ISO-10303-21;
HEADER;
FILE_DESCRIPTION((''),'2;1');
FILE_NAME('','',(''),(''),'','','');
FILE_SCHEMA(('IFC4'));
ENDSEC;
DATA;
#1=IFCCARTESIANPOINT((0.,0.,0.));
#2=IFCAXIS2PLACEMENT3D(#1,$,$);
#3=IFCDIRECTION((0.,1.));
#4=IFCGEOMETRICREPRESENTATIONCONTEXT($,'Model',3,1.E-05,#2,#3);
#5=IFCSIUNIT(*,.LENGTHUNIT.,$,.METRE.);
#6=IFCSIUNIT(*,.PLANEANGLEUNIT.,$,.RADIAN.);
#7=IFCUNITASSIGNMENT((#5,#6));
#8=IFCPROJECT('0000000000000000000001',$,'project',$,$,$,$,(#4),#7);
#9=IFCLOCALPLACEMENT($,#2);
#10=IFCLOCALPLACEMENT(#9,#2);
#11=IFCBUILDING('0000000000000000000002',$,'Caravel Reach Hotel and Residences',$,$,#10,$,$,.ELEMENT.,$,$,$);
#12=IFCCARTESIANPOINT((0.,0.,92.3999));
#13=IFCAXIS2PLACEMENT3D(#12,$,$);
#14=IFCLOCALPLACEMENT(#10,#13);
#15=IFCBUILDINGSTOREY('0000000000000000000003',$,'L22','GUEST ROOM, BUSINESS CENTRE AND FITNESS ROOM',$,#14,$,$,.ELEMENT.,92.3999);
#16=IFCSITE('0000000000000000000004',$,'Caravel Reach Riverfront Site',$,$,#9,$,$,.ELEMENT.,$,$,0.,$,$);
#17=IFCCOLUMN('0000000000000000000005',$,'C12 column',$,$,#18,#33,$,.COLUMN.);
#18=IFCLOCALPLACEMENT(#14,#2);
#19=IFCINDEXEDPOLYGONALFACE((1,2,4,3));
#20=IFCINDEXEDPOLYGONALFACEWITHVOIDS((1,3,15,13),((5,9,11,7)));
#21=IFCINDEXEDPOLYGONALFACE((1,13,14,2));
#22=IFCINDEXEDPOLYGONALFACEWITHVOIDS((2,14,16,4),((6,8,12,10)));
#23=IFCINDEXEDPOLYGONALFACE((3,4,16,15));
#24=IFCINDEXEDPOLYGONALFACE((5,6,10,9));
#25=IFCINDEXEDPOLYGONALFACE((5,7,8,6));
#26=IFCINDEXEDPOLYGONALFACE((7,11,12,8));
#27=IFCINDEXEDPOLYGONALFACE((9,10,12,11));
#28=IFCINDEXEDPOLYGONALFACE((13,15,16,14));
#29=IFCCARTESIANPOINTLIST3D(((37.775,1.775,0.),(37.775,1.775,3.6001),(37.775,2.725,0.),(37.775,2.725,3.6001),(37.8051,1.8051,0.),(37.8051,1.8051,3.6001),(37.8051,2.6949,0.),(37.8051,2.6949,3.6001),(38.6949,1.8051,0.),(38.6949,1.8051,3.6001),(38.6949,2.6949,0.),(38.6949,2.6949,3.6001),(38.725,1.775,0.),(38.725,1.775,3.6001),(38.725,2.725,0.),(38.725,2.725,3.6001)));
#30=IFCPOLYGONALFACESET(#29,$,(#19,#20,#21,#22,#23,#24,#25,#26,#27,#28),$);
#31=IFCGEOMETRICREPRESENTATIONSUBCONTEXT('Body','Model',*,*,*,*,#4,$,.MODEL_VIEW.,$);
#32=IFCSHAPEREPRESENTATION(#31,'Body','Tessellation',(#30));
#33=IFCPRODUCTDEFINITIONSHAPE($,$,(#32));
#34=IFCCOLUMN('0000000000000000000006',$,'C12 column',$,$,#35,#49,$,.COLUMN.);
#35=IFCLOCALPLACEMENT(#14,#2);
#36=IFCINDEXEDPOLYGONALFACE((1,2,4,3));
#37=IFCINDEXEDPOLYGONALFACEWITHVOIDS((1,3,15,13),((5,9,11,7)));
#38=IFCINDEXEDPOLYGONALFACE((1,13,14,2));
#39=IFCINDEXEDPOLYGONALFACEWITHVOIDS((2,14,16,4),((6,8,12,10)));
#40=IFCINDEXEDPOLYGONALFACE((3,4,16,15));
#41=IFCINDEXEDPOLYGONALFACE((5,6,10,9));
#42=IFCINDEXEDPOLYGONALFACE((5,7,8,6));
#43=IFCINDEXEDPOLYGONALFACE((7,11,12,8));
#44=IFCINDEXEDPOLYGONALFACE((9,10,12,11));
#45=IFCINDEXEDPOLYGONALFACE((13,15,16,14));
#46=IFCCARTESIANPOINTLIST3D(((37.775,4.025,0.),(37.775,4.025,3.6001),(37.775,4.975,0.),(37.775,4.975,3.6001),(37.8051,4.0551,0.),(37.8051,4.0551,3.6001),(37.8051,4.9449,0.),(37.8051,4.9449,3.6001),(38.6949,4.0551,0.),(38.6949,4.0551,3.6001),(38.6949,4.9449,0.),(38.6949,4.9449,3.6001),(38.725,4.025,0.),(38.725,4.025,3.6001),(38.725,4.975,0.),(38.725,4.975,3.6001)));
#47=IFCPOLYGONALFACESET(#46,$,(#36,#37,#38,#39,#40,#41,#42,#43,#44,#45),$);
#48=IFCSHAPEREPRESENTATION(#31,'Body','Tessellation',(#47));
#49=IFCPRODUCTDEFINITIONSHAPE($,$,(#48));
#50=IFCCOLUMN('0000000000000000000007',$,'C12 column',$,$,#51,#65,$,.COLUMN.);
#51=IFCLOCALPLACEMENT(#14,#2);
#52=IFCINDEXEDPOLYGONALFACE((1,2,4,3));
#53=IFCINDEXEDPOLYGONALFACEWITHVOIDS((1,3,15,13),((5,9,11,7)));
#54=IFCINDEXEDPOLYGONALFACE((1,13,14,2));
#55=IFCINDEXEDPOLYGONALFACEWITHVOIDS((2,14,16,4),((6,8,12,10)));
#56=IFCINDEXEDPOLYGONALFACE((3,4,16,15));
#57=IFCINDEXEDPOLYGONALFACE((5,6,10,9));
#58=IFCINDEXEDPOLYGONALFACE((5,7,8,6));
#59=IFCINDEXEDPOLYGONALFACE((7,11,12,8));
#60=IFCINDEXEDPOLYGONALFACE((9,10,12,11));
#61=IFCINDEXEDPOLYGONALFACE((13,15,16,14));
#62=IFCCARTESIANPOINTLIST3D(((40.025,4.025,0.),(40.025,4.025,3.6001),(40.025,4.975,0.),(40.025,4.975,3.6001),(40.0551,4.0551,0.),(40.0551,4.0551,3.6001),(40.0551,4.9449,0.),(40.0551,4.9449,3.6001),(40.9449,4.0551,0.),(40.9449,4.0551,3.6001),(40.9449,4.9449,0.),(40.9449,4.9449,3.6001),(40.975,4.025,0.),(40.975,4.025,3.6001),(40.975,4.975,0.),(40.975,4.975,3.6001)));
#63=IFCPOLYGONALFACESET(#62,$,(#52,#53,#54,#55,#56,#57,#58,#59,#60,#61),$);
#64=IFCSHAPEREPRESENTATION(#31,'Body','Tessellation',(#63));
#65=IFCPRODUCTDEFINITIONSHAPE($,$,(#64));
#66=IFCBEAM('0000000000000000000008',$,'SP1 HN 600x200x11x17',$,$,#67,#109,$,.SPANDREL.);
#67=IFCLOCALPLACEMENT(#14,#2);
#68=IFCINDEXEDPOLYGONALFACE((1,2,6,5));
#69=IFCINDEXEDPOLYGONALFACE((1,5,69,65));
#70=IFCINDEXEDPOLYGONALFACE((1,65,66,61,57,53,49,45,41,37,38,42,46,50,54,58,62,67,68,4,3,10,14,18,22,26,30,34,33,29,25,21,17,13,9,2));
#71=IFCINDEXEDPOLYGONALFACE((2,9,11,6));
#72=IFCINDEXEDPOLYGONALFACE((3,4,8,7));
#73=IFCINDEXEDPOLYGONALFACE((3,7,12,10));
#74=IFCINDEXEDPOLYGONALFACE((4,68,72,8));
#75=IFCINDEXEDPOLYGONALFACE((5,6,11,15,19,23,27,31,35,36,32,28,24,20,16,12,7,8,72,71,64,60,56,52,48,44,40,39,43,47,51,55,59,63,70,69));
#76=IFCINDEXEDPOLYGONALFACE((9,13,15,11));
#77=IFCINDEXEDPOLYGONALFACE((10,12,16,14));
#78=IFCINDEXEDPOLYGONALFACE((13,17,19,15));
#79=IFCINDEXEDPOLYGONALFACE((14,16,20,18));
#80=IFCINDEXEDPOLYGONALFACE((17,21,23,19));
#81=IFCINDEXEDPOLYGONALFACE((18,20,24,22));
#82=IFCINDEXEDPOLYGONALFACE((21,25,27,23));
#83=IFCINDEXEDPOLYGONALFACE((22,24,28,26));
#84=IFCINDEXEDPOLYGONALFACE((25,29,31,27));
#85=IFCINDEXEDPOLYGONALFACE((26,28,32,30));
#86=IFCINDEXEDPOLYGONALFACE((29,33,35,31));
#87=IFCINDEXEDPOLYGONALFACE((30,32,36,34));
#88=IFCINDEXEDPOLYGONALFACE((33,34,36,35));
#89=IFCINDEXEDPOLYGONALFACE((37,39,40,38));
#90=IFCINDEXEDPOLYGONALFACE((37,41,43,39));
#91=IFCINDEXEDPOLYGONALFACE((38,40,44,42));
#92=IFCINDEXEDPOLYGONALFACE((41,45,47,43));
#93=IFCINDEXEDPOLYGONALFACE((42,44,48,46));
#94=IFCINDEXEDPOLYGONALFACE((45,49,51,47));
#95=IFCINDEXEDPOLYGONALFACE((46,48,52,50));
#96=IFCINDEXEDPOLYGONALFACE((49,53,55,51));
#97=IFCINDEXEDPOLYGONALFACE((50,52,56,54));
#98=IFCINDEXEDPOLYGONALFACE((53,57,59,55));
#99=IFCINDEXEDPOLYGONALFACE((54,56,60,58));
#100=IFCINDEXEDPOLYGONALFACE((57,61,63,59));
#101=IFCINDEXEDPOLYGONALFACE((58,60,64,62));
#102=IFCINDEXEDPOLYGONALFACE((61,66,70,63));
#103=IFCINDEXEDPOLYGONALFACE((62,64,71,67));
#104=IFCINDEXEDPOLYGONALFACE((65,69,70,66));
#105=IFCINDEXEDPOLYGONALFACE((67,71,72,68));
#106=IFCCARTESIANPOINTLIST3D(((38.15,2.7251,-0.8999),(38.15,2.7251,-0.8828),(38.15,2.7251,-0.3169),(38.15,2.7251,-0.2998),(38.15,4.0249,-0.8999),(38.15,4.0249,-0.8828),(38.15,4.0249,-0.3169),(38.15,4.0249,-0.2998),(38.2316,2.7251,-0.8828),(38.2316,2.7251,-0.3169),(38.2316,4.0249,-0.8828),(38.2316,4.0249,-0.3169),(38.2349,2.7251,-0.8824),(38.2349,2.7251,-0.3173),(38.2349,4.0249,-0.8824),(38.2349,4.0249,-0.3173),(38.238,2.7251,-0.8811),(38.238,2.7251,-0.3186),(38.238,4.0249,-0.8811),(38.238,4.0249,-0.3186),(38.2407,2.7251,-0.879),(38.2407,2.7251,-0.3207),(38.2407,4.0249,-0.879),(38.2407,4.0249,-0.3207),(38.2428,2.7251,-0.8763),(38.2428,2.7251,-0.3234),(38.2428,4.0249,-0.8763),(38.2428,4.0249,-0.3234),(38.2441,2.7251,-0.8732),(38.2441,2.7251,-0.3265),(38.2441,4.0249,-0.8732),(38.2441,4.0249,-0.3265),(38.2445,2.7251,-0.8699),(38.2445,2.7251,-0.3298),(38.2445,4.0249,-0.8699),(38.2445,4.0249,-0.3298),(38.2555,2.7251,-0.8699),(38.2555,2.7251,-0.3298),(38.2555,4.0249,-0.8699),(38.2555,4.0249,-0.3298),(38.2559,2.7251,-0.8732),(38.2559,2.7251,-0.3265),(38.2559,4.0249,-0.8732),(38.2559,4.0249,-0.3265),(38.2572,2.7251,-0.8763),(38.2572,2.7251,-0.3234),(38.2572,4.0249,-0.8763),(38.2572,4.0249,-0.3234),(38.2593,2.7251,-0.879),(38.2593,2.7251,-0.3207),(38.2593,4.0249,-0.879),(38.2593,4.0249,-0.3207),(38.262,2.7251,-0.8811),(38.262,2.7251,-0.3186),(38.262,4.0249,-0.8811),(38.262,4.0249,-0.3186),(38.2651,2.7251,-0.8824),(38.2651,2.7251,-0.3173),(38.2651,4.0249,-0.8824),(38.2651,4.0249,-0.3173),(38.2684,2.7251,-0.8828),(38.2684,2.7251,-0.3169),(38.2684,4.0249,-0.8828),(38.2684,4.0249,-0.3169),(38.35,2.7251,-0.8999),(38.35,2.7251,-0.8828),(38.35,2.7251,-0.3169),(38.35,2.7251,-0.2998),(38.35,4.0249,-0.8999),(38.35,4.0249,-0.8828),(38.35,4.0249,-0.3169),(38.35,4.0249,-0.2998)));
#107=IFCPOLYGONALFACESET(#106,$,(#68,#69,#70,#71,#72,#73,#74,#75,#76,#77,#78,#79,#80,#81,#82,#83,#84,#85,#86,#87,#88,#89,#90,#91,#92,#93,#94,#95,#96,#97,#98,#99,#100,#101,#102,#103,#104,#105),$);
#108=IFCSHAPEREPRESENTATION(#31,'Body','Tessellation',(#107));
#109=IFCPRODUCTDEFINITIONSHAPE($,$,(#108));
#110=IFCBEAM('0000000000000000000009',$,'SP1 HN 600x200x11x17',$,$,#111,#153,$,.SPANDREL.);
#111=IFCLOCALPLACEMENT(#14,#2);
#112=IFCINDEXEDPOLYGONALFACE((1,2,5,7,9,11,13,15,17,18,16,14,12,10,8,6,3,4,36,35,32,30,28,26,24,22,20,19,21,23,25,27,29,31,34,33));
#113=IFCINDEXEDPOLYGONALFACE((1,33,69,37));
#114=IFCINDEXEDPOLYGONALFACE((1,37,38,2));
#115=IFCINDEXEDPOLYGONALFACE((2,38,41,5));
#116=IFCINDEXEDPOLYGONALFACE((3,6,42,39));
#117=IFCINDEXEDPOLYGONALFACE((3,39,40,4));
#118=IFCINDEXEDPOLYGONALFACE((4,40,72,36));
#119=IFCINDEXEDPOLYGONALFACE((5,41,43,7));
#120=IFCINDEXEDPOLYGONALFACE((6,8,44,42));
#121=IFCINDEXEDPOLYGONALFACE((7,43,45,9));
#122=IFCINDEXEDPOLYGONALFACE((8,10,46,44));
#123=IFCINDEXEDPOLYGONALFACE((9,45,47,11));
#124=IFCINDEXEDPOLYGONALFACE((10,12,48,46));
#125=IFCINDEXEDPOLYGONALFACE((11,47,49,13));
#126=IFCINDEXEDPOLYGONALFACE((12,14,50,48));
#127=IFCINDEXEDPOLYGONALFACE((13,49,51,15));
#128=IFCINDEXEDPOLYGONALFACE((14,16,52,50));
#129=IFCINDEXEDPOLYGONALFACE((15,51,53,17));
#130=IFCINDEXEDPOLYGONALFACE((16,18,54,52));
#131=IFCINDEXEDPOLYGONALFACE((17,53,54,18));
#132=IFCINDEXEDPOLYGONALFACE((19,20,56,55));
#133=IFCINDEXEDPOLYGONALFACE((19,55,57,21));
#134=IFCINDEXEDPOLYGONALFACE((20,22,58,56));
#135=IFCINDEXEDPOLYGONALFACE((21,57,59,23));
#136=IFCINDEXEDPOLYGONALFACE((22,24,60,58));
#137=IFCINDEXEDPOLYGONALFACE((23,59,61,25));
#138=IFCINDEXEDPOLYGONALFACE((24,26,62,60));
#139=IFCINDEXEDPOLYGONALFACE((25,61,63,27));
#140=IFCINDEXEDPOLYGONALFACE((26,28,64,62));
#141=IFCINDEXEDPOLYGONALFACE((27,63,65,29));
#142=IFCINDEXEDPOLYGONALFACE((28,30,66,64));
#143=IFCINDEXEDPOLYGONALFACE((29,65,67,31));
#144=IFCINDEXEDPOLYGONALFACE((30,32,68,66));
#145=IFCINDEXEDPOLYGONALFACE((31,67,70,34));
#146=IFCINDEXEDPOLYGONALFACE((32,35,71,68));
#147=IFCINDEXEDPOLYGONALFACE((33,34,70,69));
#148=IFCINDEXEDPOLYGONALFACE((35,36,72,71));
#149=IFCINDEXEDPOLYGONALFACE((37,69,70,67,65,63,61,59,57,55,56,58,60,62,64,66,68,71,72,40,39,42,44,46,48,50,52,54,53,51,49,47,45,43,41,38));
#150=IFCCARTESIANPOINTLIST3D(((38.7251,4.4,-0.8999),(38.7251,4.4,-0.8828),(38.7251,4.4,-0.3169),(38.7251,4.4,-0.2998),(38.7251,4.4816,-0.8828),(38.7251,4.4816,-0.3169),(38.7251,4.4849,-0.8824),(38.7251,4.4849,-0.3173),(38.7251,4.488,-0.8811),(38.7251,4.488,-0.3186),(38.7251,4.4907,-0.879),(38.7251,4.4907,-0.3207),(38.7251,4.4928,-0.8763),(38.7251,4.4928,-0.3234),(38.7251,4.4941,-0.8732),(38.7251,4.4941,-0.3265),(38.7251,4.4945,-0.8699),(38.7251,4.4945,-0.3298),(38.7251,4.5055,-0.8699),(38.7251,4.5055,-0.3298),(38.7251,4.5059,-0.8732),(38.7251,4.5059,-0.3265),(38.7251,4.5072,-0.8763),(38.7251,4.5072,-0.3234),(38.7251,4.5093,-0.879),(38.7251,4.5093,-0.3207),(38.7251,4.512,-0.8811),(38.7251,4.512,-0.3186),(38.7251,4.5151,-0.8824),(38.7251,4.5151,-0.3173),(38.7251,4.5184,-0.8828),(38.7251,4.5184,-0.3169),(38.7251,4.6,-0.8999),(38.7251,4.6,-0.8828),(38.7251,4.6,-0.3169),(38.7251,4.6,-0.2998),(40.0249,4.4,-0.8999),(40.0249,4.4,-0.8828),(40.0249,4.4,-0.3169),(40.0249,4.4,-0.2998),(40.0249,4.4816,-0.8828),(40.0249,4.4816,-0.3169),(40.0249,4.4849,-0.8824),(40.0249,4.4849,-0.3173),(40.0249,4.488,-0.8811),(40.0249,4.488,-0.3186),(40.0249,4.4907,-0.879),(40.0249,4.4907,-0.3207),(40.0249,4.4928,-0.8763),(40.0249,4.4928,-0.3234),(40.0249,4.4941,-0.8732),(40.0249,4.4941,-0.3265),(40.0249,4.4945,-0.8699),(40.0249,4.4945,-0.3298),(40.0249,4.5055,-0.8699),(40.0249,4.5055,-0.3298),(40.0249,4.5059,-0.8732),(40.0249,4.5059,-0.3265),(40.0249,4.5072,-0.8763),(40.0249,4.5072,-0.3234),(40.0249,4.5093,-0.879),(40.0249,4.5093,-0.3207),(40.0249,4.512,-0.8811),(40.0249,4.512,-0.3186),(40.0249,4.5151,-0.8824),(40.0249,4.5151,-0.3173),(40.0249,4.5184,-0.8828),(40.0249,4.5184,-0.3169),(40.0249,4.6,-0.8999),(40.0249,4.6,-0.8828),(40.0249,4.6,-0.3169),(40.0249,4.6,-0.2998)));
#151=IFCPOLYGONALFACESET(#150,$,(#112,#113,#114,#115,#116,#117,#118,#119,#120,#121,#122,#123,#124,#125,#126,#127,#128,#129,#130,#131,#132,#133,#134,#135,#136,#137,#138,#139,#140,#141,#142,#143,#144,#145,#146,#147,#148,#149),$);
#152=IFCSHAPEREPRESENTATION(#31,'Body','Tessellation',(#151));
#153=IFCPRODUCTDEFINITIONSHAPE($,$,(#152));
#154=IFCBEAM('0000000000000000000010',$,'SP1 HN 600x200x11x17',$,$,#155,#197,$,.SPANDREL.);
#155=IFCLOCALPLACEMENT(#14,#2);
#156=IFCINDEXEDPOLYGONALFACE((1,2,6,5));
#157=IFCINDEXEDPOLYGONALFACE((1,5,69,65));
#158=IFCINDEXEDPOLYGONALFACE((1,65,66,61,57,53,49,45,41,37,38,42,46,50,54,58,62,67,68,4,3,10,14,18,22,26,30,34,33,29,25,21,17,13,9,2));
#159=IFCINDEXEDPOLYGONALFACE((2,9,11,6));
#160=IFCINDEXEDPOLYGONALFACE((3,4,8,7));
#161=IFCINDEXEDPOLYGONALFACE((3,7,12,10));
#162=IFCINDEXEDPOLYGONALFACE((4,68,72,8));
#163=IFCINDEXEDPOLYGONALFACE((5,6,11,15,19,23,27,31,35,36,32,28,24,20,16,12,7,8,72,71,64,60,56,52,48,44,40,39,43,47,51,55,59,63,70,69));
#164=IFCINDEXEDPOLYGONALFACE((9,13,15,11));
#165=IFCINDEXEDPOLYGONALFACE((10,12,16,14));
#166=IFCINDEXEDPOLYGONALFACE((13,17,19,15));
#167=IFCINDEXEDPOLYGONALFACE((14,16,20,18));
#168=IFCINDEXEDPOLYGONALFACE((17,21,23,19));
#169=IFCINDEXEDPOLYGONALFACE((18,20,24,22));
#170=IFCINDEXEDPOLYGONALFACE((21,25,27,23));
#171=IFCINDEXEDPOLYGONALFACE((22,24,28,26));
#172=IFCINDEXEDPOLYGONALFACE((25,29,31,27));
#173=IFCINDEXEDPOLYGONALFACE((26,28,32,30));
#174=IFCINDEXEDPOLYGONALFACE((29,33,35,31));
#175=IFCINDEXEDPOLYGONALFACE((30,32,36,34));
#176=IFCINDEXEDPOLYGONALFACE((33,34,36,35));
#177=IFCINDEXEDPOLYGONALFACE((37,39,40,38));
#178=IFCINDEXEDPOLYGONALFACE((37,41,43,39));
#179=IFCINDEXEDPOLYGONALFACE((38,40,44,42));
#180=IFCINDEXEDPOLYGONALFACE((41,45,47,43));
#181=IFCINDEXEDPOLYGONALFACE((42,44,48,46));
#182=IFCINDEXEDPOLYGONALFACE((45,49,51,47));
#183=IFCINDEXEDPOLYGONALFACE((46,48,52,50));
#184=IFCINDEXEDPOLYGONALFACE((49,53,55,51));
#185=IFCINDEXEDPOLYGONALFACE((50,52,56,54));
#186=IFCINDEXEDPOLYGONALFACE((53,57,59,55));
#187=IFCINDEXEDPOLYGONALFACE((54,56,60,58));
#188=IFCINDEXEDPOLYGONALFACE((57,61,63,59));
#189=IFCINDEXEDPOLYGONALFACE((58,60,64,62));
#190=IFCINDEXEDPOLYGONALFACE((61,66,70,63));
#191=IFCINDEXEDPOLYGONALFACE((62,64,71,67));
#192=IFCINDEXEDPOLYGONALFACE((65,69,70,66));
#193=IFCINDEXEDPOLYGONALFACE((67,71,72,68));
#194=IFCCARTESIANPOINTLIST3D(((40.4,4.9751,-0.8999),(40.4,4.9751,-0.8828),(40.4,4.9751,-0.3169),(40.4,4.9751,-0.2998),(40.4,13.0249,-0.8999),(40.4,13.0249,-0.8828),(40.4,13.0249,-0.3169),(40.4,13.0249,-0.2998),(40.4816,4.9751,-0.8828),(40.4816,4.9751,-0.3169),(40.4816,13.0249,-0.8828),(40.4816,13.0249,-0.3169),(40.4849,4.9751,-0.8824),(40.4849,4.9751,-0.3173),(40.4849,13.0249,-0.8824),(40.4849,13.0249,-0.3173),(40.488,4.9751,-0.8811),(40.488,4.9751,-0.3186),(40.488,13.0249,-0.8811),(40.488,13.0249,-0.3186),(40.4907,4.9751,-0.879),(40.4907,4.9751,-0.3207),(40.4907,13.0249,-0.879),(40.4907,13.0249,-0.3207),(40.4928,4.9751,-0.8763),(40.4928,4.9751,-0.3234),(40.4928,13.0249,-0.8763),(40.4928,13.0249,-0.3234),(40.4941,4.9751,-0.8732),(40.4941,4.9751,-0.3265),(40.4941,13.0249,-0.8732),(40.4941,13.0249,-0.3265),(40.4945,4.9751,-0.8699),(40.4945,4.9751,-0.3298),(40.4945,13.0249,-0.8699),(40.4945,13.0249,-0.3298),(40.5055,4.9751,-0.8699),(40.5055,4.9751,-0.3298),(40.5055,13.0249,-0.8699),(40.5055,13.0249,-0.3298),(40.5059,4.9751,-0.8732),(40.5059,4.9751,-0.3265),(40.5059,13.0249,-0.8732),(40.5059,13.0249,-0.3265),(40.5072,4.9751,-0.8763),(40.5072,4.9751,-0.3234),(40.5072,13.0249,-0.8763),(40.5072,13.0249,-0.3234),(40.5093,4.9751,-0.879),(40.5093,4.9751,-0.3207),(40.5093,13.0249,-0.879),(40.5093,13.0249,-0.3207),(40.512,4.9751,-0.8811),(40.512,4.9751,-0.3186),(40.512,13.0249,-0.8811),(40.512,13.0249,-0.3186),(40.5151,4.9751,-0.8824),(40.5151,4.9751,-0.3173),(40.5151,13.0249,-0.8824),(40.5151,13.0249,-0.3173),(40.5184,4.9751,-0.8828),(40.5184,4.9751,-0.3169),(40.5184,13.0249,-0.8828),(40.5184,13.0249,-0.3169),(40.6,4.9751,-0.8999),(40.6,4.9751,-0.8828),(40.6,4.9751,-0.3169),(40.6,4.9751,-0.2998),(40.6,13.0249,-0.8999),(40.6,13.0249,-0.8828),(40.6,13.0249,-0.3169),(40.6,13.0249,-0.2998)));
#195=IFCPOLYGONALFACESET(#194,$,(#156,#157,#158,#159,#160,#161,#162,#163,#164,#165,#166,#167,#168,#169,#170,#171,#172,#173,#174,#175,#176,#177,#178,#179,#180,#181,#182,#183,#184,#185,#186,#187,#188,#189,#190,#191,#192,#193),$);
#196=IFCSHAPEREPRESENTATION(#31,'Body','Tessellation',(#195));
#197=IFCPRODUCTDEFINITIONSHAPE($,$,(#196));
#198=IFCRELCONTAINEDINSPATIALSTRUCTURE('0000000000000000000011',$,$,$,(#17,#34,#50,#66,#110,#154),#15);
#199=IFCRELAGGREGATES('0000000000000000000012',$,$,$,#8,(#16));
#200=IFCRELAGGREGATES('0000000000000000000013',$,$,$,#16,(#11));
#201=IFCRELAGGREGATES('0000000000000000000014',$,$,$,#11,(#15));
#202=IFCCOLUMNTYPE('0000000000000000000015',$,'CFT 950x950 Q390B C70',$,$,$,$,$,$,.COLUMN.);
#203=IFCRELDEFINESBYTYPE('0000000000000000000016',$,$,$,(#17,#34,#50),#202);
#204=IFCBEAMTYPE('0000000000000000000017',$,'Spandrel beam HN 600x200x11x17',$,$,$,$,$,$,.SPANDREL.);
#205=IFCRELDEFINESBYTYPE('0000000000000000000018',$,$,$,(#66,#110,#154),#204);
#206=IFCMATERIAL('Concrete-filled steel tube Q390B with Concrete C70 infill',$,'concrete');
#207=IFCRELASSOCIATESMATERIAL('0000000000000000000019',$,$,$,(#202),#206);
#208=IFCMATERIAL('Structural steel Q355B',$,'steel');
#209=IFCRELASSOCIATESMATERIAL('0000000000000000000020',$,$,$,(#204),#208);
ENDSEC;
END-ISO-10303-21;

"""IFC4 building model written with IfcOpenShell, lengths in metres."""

from ifc_helpers import new_model, si_unit, direction, frame, origin, origin_2d, place, context, subcontext, project, spatial, hollow_rectangle, i_section, extrude, material, material_profile, profile_set, type_object, element, save


model = new_model("IFC4")

# Units and contexts
model_context = context("Model", 3, precision=1e-05, world=origin(), true_north=direction((0.0, 1.0)))
body_context = subcontext(model_context, "Body", "Model", "MODEL_VIEW")
ifc_project = project(units=[si_unit("LENGTHUNIT", "METRE"), si_unit("PLANEANGLEUNIT", "RADIAN")], contexts=[model_context])

# Site, building, storey
site_placement = place(None, origin())
site = spatial("IfcSite", under=ifc_project, at=site_placement, Name="Caravel Reach Riverfront Site", CompositionType="ELEMENT", RefElevation=0.0)
building_placement = place(site_placement, origin())
building = spatial("IfcBuilding", under=site, at=building_placement, Name="Caravel Reach Hotel and Residences", CompositionType="ELEMENT")
storey_placement = place(building_placement, frame((0.0, 0.0, 92.3999)))
storey = spatial("IfcBuildingStorey", under=building, at=storey_placement, Name="L22", Description="GUEST ROOM, BUSINESS CENTRE AND FITNESS ROOM", CompositionType="ELEMENT", Elevation=92.3999)

# Columns
ifc_material_1 = material(Name="Concrete-filled steel tube Q390B with Concrete C70 infill", Category="concrete")
ifc_material_profile_1 = material_profile(ifc_material_1, hollow_rectangle(XDim=0.95, YDim=0.95, WallThickness=0.03, at=origin_2d()), Name="RHS 950x950x30")
ifc_profile_set_1 = profile_set([ifc_material_profile_1], Name="Concrete-filled steel tube Q390B with Concrete C70 infill")
column_type = type_object("IfcColumnType", Name="CFT 950x950 Q390B C70", PredefinedType="COLUMN", material=ifc_profile_set_1)
for number, where, z_axis, x_axis, name in (
    (1, (38.25, 2.25, 0.0), (0.0, 0.0, 1.0), (1.0, 0.0, 0.0), "C12 column"),
    (2, (38.25, 4.5, 0.0), (0.0, 0.0, 1.0), (1.0, 0.0, 0.0), "C12 column"),
    (3, (40.5, 4.5, 0.0), (0.0, 0.0, 1.0), (1.0, 0.0, 0.0), "C12 column"),
):
    element("IfcColumn", number, at=place(storey_placement, frame(where, z_axis=z_axis, x_axis=x_axis)), inside=storey, type_object=column_type, Name=name, PredefinedType="COLUMN", context=body_context, shape_type="SweptSolid", body=[
        extrude(hollow_rectangle(XDim=0.95, YDim=0.95, WallThickness=0.03, at=origin_2d()), origin(), (0.0, 0.0, 1.0), 3.6001),
    ])

# Beams
ifc_material_2 = material(Name="Structural steel Q355B", Category="steel")
ifc_material_profile_2 = material_profile(ifc_material_2, i_section(OverallWidth=0.2, OverallDepth=0.6001, WebThickness=0.011, FlangeThickness=0.0171, FilletRadius=0.0129, at=origin_2d()), Name="HN 600x200x11x17")
ifc_profile_set_2 = profile_set([ifc_material_profile_2], Name="Structural steel Q355B")
beam_type = type_object("IfcBeamType", Name="Spandrel beam HN 600x200x11x17", PredefinedType="SPANDREL", material=ifc_profile_set_2)
for number, where, z_axis, x_axis, name in (
    (4, (38.25, 2.7251, -0.5999), (0.0, 1.0, 0.0), (-1.0, 0.0, 0.0), "SP1 HN 600x200x11x17"),
    (5, (38.7251, 4.5, -0.5999), (1.0, 0.0, 0.0), (0.0, 1.0, 0.0), "SP1 HN 600x200x11x17"),
):
    element("IfcBeam", number, at=place(storey_placement, frame(where, z_axis=z_axis, x_axis=x_axis)), inside=storey, type_object=beam_type, Name=name, PredefinedType="SPANDREL", context=body_context, shape_type="SweptSolid", body=[
        extrude(i_section(OverallWidth=0.2, OverallDepth=0.6001, WebThickness=0.011, FlangeThickness=0.0171, FilletRadius=0.0129, at=origin_2d()), origin(), (0.0, 0.0, 1.0), 1.2998),
    ])
beam_placement = place(storey_placement, frame((40.5, 4.9751, -0.5999), z_axis=(0.0, 1.0, 0.0), x_axis=(-1.0, 0.0, 0.0)))
element("IfcBeam", 6, at=beam_placement, inside=storey, type_object=beam_type, Name="SP1 HN 600x200x11x17", PredefinedType="SPANDREL", context=body_context, shape_type="SweptSolid", body=[
    extrude(i_section(OverallWidth=0.2, OverallDepth=0.6001, WebThickness=0.011, FlangeThickness=0.0171, FilletRadius=0.0129, at=origin_2d()), origin(), (0.0, 0.0, 1.0), 8.0498),
])

save(model, "model.ifc")
